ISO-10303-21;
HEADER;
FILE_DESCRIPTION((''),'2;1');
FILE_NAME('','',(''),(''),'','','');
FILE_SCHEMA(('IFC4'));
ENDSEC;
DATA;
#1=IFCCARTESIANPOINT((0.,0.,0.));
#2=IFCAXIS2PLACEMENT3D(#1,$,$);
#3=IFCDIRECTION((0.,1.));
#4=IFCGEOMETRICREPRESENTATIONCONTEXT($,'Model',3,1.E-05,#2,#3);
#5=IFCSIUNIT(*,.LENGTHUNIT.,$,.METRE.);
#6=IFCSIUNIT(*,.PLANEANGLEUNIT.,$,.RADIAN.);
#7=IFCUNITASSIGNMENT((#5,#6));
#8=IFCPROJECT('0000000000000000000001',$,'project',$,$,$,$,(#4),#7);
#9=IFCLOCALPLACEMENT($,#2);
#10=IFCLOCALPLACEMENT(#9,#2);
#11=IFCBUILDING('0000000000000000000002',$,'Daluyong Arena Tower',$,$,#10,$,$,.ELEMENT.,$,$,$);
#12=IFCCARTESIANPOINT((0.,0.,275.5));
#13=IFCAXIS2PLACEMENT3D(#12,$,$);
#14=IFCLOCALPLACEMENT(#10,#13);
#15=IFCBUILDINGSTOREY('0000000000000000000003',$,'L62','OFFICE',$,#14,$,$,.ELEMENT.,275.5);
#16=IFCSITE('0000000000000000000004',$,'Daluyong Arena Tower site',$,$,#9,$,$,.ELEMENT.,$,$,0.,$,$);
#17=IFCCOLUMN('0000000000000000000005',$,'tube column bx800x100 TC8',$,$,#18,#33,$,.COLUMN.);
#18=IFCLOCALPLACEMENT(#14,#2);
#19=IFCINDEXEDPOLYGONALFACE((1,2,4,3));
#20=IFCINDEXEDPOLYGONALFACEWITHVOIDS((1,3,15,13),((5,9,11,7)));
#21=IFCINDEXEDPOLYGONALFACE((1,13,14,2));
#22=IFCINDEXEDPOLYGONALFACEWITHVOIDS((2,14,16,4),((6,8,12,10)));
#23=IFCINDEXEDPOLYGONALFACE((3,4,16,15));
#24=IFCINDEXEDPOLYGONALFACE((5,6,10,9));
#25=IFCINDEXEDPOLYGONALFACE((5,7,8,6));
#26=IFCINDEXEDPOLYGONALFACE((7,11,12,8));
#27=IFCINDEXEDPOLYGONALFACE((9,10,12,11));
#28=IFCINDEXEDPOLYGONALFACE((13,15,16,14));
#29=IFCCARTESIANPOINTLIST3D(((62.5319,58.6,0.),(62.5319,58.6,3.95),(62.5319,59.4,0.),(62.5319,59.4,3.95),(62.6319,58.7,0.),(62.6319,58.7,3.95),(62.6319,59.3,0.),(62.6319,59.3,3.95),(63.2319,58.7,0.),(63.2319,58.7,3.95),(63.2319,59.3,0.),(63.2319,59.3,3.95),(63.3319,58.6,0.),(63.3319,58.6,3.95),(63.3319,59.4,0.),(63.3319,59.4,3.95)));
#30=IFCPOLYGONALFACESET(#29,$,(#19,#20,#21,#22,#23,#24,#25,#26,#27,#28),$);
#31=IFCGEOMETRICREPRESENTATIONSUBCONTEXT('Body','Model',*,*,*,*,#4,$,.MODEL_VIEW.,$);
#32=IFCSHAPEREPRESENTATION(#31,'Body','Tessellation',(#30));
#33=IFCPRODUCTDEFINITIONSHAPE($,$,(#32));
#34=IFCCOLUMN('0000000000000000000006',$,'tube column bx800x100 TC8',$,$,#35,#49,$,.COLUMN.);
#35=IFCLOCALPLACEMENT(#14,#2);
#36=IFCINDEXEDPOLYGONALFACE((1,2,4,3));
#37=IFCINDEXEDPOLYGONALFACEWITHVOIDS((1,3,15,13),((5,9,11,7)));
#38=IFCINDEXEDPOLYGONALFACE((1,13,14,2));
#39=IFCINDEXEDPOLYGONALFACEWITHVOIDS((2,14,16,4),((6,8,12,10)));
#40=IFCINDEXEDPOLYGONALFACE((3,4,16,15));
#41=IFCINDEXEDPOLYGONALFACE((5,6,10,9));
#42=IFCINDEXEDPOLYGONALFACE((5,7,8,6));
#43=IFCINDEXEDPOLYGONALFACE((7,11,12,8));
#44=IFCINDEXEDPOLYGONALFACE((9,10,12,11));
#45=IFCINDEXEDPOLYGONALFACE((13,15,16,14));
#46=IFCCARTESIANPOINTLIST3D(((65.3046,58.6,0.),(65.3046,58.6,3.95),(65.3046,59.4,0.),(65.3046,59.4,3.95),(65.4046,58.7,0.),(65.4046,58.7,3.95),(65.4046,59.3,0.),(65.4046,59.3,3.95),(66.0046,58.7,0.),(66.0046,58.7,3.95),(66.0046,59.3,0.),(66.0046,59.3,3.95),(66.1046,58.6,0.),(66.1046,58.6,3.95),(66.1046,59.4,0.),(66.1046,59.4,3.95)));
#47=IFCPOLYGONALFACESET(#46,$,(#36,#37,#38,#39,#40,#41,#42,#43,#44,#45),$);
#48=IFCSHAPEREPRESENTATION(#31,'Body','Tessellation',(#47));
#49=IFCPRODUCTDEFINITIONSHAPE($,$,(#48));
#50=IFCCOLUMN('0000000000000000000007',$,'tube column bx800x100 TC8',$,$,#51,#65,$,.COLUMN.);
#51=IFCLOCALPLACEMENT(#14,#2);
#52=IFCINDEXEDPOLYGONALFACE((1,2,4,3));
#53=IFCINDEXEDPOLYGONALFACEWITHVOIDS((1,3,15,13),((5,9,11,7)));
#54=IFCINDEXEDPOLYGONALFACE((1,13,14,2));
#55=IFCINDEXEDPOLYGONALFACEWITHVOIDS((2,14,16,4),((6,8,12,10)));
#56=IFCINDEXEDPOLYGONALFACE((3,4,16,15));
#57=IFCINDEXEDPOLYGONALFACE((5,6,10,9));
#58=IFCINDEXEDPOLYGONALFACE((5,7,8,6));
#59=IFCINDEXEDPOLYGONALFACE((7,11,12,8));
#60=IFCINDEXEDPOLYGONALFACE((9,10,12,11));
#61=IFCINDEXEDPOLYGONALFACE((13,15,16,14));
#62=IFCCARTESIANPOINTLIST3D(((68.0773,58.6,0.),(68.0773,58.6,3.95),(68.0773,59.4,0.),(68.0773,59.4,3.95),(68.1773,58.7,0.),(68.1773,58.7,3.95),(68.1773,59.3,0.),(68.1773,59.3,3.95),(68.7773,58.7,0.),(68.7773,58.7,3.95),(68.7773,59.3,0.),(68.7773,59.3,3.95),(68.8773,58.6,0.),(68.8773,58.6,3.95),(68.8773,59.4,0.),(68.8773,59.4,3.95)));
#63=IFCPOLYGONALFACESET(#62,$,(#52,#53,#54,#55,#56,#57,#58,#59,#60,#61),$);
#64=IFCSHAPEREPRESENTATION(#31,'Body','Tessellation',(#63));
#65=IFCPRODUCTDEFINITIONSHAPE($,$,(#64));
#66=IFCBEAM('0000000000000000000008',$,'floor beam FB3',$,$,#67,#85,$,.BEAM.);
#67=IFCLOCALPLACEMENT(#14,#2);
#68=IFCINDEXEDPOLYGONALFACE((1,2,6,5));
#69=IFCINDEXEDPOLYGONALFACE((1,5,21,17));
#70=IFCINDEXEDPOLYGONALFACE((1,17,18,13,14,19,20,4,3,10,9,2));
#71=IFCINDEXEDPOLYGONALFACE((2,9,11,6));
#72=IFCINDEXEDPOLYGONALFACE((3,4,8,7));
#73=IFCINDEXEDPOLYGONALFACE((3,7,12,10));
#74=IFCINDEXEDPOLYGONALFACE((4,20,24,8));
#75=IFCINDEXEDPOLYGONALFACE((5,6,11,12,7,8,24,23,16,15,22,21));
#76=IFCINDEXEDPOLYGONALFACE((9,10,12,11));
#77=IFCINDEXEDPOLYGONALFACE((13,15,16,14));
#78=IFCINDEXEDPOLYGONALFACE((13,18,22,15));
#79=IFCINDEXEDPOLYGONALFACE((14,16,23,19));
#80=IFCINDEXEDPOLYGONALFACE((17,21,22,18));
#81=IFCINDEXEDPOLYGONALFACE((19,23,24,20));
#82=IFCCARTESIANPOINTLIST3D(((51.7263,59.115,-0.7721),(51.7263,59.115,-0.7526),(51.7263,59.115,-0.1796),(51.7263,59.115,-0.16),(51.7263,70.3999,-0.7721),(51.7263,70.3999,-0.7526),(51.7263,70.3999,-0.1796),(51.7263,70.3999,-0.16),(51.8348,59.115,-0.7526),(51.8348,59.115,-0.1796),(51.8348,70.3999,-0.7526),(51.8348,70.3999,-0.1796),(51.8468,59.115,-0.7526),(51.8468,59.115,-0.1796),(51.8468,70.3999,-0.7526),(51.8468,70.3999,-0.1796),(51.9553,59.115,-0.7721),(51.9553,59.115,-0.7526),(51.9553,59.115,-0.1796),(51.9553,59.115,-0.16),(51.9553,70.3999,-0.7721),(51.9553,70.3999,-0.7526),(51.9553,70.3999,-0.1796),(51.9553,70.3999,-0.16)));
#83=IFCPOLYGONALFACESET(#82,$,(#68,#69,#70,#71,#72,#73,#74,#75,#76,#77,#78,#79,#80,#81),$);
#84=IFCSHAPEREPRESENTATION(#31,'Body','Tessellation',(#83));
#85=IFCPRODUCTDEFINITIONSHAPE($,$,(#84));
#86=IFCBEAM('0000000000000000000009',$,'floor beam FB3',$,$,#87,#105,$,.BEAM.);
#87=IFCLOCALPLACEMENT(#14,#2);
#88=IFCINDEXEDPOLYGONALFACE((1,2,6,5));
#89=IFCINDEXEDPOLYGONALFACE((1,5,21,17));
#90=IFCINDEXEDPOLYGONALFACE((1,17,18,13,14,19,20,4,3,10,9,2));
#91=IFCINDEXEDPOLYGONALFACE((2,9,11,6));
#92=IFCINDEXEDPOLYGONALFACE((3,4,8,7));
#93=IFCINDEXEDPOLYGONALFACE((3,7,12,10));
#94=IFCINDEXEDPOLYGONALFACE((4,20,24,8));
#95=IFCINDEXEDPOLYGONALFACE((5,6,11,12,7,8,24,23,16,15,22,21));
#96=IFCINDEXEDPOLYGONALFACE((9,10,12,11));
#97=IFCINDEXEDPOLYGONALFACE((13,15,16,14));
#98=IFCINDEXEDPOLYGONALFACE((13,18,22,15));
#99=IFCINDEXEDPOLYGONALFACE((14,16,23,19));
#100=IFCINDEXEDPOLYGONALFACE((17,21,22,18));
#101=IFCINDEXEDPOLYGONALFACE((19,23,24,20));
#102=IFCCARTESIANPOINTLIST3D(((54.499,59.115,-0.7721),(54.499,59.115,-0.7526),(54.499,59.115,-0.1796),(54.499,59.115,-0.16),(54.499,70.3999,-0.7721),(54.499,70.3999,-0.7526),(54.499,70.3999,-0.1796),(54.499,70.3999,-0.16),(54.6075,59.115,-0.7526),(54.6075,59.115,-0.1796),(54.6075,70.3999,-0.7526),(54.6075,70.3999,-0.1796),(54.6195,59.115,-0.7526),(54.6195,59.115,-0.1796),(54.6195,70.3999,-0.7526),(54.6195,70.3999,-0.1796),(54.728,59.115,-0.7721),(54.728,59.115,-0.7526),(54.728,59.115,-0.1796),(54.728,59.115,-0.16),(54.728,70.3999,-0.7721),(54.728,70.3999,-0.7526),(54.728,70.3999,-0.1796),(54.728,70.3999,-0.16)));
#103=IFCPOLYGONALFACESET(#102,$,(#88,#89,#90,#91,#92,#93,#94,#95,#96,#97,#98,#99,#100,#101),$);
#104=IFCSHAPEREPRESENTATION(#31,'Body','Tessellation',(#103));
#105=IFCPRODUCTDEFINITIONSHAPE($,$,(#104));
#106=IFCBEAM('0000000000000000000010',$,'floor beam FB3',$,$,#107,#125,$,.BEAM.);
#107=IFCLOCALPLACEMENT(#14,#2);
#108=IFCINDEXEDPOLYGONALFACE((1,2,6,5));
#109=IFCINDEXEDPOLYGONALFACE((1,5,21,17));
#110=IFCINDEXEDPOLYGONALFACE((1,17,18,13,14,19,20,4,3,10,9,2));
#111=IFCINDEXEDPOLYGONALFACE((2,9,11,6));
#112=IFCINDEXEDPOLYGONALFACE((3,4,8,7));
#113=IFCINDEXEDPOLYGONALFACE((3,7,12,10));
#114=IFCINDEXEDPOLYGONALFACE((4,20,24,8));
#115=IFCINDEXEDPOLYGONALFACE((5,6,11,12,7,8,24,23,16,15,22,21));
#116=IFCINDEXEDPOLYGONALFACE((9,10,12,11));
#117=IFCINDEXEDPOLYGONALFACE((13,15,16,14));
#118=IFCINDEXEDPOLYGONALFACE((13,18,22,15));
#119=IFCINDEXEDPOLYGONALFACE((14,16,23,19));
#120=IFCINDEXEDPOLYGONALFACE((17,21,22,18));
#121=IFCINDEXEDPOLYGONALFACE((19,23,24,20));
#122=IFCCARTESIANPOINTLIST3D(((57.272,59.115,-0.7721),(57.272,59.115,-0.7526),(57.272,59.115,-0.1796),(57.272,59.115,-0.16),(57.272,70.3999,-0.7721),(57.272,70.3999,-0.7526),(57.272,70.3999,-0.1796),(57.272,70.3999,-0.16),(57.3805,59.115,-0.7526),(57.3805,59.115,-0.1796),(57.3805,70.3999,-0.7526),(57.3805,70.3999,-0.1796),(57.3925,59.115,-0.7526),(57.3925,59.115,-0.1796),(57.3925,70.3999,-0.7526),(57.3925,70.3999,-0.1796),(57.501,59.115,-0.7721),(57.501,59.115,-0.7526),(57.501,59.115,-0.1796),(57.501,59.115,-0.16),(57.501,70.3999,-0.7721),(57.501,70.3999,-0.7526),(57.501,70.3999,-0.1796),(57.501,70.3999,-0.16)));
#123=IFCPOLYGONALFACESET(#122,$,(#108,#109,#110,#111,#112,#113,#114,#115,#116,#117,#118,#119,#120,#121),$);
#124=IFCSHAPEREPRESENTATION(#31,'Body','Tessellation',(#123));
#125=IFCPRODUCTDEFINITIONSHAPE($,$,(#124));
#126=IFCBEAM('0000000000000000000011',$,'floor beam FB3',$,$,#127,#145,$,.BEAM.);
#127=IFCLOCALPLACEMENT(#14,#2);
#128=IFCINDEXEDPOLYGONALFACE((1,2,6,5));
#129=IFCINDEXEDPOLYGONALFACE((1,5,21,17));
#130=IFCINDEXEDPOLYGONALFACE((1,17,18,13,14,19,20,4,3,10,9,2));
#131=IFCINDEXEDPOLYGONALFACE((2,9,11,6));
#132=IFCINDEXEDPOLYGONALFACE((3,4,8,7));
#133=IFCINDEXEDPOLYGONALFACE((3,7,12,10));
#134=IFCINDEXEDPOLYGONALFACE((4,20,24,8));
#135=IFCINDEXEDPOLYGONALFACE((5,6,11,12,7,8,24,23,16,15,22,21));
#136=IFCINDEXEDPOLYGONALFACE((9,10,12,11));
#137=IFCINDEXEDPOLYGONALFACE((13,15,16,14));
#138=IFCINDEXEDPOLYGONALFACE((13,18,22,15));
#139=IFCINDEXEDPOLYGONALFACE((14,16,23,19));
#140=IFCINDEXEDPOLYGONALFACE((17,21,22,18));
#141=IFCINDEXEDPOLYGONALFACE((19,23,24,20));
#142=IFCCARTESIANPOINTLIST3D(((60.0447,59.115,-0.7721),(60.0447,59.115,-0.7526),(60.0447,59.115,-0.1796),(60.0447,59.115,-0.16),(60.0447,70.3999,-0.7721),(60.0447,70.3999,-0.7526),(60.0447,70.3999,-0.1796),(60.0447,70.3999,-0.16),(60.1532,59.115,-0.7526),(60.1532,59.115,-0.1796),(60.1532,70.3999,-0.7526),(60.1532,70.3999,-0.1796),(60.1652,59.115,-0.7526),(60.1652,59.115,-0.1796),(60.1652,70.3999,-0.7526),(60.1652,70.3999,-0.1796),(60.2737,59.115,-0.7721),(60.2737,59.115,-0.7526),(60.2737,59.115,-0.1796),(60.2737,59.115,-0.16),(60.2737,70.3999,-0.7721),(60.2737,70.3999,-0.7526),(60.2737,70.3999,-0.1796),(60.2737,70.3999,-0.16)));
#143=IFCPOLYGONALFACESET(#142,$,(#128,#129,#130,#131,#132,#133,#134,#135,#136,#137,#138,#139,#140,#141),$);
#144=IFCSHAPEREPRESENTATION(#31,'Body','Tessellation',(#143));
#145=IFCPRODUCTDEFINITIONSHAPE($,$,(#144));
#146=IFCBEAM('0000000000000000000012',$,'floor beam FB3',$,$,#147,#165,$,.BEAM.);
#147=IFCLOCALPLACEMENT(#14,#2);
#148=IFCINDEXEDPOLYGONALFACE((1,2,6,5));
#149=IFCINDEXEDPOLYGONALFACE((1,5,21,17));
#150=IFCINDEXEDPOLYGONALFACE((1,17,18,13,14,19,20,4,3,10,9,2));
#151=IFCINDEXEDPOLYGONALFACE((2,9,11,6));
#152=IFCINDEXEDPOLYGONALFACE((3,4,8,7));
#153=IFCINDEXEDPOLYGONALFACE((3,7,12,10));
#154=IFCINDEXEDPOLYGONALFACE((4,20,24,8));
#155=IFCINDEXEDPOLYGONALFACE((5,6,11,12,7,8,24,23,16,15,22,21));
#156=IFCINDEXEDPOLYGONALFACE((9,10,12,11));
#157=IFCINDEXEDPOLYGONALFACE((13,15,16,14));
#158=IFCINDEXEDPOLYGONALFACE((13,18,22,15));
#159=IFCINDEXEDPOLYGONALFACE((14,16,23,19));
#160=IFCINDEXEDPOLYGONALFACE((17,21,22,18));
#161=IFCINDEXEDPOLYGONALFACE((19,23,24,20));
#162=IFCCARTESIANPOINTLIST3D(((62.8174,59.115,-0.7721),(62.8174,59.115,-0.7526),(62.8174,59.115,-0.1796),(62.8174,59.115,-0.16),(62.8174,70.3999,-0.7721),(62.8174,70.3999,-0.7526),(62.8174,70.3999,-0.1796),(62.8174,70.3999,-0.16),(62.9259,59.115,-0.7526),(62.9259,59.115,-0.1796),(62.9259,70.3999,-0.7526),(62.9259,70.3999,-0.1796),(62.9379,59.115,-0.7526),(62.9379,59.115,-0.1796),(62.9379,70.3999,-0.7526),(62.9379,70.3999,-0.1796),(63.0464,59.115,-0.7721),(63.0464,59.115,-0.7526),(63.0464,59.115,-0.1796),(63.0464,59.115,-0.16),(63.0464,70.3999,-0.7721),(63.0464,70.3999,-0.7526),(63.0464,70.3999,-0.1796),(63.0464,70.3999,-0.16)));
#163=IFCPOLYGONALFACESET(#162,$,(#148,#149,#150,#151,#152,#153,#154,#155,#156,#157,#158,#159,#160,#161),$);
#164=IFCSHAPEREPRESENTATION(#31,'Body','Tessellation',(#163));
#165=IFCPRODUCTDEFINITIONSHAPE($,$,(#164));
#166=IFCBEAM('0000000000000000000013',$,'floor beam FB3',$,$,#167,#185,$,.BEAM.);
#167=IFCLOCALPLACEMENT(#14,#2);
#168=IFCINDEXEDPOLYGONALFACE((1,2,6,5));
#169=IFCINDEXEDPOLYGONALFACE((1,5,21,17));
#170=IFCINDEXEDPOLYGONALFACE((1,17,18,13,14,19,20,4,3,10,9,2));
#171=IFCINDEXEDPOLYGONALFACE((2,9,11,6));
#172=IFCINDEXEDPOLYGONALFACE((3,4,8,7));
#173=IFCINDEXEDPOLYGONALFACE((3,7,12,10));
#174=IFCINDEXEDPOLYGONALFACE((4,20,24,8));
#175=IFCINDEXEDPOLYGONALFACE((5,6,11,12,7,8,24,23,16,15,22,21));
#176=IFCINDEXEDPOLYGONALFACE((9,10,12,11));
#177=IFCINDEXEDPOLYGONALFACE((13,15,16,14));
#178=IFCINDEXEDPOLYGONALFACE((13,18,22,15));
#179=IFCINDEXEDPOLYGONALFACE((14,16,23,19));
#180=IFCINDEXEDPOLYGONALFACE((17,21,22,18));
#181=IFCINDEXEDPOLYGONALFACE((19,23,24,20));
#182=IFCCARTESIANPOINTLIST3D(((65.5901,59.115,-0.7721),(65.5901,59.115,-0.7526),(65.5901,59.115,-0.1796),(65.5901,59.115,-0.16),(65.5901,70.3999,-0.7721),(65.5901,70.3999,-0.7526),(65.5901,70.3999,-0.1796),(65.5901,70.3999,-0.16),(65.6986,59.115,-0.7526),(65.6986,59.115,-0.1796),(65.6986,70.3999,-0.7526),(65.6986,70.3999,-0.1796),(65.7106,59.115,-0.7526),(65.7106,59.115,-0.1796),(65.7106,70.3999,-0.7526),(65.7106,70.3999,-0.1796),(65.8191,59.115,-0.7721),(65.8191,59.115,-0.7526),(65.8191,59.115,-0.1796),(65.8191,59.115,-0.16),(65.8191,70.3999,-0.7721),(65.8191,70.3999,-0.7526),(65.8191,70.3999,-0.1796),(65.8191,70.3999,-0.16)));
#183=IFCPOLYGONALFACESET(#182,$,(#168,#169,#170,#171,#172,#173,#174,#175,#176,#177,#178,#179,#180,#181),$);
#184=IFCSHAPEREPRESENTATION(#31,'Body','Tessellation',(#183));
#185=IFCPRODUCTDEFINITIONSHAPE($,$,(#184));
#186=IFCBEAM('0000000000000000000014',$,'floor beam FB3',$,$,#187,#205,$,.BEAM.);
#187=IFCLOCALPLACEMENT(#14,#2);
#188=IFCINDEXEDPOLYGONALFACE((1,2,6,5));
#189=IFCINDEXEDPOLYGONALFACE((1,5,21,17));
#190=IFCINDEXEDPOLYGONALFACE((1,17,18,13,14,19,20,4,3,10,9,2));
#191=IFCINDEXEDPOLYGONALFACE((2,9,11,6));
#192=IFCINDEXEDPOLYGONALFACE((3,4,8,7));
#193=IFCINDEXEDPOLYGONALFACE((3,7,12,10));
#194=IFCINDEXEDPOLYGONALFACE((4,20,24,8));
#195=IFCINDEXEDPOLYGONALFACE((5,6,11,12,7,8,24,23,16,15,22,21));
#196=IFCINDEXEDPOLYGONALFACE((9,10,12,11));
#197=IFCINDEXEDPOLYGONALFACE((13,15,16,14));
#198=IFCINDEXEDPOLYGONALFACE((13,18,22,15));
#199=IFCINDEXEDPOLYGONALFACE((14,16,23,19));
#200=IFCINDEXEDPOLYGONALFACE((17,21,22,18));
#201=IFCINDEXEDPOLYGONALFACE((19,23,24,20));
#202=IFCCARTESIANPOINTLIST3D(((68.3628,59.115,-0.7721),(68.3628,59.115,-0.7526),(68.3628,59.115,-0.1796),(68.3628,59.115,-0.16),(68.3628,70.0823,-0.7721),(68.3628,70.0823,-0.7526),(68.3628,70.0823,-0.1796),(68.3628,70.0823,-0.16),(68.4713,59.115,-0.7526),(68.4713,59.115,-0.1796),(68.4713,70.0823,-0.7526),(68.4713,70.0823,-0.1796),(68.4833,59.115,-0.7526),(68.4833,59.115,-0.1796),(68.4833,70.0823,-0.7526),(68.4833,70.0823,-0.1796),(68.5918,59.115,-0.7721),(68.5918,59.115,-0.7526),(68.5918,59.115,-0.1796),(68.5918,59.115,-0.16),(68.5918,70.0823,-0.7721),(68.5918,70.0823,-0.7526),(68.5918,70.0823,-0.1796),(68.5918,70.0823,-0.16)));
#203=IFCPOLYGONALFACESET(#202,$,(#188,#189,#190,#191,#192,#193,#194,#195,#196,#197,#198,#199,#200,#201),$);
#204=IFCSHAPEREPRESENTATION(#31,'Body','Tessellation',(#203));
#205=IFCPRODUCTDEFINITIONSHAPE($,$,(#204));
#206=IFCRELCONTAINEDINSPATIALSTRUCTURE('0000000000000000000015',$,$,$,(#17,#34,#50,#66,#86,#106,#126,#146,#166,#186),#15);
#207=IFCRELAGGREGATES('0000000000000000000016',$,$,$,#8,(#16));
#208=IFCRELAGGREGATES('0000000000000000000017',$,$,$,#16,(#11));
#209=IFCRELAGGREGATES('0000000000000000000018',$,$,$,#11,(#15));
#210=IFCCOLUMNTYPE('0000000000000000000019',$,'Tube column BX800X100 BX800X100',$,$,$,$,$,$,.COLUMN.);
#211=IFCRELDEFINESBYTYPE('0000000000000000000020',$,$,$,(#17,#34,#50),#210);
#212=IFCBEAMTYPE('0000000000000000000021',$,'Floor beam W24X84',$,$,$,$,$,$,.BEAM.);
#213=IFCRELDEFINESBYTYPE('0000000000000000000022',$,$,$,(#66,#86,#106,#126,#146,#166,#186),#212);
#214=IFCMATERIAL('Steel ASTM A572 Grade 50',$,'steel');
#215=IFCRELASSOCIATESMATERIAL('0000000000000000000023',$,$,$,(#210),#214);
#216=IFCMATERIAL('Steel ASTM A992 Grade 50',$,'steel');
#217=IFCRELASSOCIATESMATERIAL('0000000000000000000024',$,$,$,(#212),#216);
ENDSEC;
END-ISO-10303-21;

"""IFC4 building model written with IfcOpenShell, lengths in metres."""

from ifc_helpers import new_model, si_unit, direction, frame, origin, origin_2d, place, context, subcontext, project, spatial, hollow_rectangle, i_section, extrude, material, material_profile, profile_set, type_object, element, save


model = new_model("IFC4")

# Units and contexts
model_context = context("Model", 3, precision=1e-05, world=origin(), true_north=direction((0.0, 1.0)))
body_context = subcontext(model_context, "Body", "Model", "MODEL_VIEW")
ifc_project = project(units=[si_unit("LENGTHUNIT", "METRE"), si_unit("PLANEANGLEUNIT", "RADIAN")], contexts=[model_context])

# Site, building, storey
site_placement = place(None, origin())
site = spatial("IfcSite", under=ifc_project, at=site_placement, Name="Daluyong Arena Tower site", CompositionType="ELEMENT", RefElevation=0.0)
building_placement = place(site_placement, origin())
building = spatial("IfcBuilding", under=site, at=building_placement, Name="Daluyong Arena Tower", CompositionType="ELEMENT")
storey_placement = place(building_placement, frame((0.0, 0.0, 275.5)))
storey = spatial("IfcBuildingStorey", under=building, at=storey_placement, Name="L62", Description="OFFICE", CompositionType="ELEMENT", Elevation=275.5)

# Columns
ifc_material_1 = material(Name="Steel ASTM A572 Grade 50", Category="steel")
ifc_material_profile_1 = material_profile(ifc_material_1, hollow_rectangle(XDim=0.8, YDim=0.8, WallThickness=0.1, at=origin_2d()))
ifc_profile_set_1 = profile_set([ifc_material_profile_1], Name="Steel ASTM A572 Grade 50")
column_type = type_object("IfcColumnType", Name="Tube column BX800X100 BX800X100", PredefinedType="COLUMN", material=ifc_profile_set_1)
for number, where, z_axis, x_axis, name in (
    (1, (62.9319, 59.0, 0.0), (0.0, 0.0, 1.0), (1.0, 0.0, 0.0), "tube column bx800x100 TC8"),
    (2, (65.7046, 59.0, 0.0), (0.0, 0.0, 1.0), (1.0, 0.0, 0.0), "tube column bx800x100 TC8"),
    (3, (68.4773, 59.0, 0.0), (0.0, 0.0, 1.0), (1.0, 0.0, 0.0), "tube column bx800x100 TC8"),
):
    element("IfcColumn", number, at=place(storey_placement, frame(where, z_axis=z_axis, x_axis=x_axis)), inside=storey, type_object=column_type, Name=name, PredefinedType="COLUMN", context=body_context, shape_type="SweptSolid", body=[
        extrude(hollow_rectangle(XDim=0.8, YDim=0.8, WallThickness=0.1, at=origin_2d()), origin(), (0.0, 0.0, 1.0), 3.95),
    ])

# Beams
ifc_material_2 = material(Name="Steel ASTM A992 Grade 50", Category="steel")
ifc_material_profile_2 = material_profile(ifc_material_2, i_section(OverallWidth=0.229, OverallDepth=0.6121, WebThickness=0.012, FlangeThickness=0.0195, at=origin_2d()))
ifc_profile_set_2 = profile_set([ifc_material_profile_2], Name="Steel ASTM A992 Grade 50")
beam_type_1 = type_object("IfcBeamType", Name="Floor beam W24X84", PredefinedType="BEAM", material=ifc_profile_set_2)
for number, where, z_axis, x_axis, name in (
    (4, (51.8408, 59.115, -0.4661), (0.0, 1.0, 0.0), (-1.0, 0.0, 0.0), "floor beam FB3"),
    (5, (54.6135, 59.115, -0.4661), (0.0, 1.0, 0.0), (-1.0, 0.0, 0.0), "floor beam FB3"),
    (6, (57.3865, 59.115, -0.4661), (0.0, 1.0, 0.0), (-1.0, 0.0, 0.0), "floor beam FB3"),
    (7, (60.1592, 59.115, -0.4661), (0.0, 1.0, 0.0), (-1.0, 0.0, 0.0), "floor beam FB3"),
    (8, (62.9319, 59.115, -0.4661), (0.0, 1.0, 0.0), (-1.0, 0.0, 0.0), "floor beam FB3"),
    (9, (65.7046, 59.115, -0.4661), (0.0, 1.0, 0.0), (-1.0, 0.0, 0.0), "floor beam FB3"),
):
    element("IfcBeam", number, at=place(storey_placement, frame(where, z_axis=z_axis, x_axis=x_axis)), inside=storey, type_object=beam_type_1, Name=name, PredefinedType="BEAM", context=body_context, shape_type="SweptSolid", body=[
        extrude(i_section(OverallWidth=0.229, OverallDepth=0.6121, WebThickness=0.012, FlangeThickness=0.0195, at=origin_2d()), origin(), (0.0, 0.0, 1.0), 11.2849),
    ])
beam_placement = place(storey_placement, frame((68.4773, 59.115, -0.4661), z_axis=(0.0, 1.0, 0.0), x_axis=(-1.0, 0.0, 0.0)))
element("IfcBeam", 10, at=beam_placement, inside=storey, type_object=beam_type_1, Name="floor beam FB3", PredefinedType="BEAM", context=body_context, shape_type="SweptSolid", body=[
    extrude(i_section(OverallWidth=0.229, OverallDepth=0.6121, WebThickness=0.012, FlangeThickness=0.0195, at=origin_2d()), origin(), (0.0, 0.0, 1.0), 10.9673),
])

save(model, "model.ifc")
